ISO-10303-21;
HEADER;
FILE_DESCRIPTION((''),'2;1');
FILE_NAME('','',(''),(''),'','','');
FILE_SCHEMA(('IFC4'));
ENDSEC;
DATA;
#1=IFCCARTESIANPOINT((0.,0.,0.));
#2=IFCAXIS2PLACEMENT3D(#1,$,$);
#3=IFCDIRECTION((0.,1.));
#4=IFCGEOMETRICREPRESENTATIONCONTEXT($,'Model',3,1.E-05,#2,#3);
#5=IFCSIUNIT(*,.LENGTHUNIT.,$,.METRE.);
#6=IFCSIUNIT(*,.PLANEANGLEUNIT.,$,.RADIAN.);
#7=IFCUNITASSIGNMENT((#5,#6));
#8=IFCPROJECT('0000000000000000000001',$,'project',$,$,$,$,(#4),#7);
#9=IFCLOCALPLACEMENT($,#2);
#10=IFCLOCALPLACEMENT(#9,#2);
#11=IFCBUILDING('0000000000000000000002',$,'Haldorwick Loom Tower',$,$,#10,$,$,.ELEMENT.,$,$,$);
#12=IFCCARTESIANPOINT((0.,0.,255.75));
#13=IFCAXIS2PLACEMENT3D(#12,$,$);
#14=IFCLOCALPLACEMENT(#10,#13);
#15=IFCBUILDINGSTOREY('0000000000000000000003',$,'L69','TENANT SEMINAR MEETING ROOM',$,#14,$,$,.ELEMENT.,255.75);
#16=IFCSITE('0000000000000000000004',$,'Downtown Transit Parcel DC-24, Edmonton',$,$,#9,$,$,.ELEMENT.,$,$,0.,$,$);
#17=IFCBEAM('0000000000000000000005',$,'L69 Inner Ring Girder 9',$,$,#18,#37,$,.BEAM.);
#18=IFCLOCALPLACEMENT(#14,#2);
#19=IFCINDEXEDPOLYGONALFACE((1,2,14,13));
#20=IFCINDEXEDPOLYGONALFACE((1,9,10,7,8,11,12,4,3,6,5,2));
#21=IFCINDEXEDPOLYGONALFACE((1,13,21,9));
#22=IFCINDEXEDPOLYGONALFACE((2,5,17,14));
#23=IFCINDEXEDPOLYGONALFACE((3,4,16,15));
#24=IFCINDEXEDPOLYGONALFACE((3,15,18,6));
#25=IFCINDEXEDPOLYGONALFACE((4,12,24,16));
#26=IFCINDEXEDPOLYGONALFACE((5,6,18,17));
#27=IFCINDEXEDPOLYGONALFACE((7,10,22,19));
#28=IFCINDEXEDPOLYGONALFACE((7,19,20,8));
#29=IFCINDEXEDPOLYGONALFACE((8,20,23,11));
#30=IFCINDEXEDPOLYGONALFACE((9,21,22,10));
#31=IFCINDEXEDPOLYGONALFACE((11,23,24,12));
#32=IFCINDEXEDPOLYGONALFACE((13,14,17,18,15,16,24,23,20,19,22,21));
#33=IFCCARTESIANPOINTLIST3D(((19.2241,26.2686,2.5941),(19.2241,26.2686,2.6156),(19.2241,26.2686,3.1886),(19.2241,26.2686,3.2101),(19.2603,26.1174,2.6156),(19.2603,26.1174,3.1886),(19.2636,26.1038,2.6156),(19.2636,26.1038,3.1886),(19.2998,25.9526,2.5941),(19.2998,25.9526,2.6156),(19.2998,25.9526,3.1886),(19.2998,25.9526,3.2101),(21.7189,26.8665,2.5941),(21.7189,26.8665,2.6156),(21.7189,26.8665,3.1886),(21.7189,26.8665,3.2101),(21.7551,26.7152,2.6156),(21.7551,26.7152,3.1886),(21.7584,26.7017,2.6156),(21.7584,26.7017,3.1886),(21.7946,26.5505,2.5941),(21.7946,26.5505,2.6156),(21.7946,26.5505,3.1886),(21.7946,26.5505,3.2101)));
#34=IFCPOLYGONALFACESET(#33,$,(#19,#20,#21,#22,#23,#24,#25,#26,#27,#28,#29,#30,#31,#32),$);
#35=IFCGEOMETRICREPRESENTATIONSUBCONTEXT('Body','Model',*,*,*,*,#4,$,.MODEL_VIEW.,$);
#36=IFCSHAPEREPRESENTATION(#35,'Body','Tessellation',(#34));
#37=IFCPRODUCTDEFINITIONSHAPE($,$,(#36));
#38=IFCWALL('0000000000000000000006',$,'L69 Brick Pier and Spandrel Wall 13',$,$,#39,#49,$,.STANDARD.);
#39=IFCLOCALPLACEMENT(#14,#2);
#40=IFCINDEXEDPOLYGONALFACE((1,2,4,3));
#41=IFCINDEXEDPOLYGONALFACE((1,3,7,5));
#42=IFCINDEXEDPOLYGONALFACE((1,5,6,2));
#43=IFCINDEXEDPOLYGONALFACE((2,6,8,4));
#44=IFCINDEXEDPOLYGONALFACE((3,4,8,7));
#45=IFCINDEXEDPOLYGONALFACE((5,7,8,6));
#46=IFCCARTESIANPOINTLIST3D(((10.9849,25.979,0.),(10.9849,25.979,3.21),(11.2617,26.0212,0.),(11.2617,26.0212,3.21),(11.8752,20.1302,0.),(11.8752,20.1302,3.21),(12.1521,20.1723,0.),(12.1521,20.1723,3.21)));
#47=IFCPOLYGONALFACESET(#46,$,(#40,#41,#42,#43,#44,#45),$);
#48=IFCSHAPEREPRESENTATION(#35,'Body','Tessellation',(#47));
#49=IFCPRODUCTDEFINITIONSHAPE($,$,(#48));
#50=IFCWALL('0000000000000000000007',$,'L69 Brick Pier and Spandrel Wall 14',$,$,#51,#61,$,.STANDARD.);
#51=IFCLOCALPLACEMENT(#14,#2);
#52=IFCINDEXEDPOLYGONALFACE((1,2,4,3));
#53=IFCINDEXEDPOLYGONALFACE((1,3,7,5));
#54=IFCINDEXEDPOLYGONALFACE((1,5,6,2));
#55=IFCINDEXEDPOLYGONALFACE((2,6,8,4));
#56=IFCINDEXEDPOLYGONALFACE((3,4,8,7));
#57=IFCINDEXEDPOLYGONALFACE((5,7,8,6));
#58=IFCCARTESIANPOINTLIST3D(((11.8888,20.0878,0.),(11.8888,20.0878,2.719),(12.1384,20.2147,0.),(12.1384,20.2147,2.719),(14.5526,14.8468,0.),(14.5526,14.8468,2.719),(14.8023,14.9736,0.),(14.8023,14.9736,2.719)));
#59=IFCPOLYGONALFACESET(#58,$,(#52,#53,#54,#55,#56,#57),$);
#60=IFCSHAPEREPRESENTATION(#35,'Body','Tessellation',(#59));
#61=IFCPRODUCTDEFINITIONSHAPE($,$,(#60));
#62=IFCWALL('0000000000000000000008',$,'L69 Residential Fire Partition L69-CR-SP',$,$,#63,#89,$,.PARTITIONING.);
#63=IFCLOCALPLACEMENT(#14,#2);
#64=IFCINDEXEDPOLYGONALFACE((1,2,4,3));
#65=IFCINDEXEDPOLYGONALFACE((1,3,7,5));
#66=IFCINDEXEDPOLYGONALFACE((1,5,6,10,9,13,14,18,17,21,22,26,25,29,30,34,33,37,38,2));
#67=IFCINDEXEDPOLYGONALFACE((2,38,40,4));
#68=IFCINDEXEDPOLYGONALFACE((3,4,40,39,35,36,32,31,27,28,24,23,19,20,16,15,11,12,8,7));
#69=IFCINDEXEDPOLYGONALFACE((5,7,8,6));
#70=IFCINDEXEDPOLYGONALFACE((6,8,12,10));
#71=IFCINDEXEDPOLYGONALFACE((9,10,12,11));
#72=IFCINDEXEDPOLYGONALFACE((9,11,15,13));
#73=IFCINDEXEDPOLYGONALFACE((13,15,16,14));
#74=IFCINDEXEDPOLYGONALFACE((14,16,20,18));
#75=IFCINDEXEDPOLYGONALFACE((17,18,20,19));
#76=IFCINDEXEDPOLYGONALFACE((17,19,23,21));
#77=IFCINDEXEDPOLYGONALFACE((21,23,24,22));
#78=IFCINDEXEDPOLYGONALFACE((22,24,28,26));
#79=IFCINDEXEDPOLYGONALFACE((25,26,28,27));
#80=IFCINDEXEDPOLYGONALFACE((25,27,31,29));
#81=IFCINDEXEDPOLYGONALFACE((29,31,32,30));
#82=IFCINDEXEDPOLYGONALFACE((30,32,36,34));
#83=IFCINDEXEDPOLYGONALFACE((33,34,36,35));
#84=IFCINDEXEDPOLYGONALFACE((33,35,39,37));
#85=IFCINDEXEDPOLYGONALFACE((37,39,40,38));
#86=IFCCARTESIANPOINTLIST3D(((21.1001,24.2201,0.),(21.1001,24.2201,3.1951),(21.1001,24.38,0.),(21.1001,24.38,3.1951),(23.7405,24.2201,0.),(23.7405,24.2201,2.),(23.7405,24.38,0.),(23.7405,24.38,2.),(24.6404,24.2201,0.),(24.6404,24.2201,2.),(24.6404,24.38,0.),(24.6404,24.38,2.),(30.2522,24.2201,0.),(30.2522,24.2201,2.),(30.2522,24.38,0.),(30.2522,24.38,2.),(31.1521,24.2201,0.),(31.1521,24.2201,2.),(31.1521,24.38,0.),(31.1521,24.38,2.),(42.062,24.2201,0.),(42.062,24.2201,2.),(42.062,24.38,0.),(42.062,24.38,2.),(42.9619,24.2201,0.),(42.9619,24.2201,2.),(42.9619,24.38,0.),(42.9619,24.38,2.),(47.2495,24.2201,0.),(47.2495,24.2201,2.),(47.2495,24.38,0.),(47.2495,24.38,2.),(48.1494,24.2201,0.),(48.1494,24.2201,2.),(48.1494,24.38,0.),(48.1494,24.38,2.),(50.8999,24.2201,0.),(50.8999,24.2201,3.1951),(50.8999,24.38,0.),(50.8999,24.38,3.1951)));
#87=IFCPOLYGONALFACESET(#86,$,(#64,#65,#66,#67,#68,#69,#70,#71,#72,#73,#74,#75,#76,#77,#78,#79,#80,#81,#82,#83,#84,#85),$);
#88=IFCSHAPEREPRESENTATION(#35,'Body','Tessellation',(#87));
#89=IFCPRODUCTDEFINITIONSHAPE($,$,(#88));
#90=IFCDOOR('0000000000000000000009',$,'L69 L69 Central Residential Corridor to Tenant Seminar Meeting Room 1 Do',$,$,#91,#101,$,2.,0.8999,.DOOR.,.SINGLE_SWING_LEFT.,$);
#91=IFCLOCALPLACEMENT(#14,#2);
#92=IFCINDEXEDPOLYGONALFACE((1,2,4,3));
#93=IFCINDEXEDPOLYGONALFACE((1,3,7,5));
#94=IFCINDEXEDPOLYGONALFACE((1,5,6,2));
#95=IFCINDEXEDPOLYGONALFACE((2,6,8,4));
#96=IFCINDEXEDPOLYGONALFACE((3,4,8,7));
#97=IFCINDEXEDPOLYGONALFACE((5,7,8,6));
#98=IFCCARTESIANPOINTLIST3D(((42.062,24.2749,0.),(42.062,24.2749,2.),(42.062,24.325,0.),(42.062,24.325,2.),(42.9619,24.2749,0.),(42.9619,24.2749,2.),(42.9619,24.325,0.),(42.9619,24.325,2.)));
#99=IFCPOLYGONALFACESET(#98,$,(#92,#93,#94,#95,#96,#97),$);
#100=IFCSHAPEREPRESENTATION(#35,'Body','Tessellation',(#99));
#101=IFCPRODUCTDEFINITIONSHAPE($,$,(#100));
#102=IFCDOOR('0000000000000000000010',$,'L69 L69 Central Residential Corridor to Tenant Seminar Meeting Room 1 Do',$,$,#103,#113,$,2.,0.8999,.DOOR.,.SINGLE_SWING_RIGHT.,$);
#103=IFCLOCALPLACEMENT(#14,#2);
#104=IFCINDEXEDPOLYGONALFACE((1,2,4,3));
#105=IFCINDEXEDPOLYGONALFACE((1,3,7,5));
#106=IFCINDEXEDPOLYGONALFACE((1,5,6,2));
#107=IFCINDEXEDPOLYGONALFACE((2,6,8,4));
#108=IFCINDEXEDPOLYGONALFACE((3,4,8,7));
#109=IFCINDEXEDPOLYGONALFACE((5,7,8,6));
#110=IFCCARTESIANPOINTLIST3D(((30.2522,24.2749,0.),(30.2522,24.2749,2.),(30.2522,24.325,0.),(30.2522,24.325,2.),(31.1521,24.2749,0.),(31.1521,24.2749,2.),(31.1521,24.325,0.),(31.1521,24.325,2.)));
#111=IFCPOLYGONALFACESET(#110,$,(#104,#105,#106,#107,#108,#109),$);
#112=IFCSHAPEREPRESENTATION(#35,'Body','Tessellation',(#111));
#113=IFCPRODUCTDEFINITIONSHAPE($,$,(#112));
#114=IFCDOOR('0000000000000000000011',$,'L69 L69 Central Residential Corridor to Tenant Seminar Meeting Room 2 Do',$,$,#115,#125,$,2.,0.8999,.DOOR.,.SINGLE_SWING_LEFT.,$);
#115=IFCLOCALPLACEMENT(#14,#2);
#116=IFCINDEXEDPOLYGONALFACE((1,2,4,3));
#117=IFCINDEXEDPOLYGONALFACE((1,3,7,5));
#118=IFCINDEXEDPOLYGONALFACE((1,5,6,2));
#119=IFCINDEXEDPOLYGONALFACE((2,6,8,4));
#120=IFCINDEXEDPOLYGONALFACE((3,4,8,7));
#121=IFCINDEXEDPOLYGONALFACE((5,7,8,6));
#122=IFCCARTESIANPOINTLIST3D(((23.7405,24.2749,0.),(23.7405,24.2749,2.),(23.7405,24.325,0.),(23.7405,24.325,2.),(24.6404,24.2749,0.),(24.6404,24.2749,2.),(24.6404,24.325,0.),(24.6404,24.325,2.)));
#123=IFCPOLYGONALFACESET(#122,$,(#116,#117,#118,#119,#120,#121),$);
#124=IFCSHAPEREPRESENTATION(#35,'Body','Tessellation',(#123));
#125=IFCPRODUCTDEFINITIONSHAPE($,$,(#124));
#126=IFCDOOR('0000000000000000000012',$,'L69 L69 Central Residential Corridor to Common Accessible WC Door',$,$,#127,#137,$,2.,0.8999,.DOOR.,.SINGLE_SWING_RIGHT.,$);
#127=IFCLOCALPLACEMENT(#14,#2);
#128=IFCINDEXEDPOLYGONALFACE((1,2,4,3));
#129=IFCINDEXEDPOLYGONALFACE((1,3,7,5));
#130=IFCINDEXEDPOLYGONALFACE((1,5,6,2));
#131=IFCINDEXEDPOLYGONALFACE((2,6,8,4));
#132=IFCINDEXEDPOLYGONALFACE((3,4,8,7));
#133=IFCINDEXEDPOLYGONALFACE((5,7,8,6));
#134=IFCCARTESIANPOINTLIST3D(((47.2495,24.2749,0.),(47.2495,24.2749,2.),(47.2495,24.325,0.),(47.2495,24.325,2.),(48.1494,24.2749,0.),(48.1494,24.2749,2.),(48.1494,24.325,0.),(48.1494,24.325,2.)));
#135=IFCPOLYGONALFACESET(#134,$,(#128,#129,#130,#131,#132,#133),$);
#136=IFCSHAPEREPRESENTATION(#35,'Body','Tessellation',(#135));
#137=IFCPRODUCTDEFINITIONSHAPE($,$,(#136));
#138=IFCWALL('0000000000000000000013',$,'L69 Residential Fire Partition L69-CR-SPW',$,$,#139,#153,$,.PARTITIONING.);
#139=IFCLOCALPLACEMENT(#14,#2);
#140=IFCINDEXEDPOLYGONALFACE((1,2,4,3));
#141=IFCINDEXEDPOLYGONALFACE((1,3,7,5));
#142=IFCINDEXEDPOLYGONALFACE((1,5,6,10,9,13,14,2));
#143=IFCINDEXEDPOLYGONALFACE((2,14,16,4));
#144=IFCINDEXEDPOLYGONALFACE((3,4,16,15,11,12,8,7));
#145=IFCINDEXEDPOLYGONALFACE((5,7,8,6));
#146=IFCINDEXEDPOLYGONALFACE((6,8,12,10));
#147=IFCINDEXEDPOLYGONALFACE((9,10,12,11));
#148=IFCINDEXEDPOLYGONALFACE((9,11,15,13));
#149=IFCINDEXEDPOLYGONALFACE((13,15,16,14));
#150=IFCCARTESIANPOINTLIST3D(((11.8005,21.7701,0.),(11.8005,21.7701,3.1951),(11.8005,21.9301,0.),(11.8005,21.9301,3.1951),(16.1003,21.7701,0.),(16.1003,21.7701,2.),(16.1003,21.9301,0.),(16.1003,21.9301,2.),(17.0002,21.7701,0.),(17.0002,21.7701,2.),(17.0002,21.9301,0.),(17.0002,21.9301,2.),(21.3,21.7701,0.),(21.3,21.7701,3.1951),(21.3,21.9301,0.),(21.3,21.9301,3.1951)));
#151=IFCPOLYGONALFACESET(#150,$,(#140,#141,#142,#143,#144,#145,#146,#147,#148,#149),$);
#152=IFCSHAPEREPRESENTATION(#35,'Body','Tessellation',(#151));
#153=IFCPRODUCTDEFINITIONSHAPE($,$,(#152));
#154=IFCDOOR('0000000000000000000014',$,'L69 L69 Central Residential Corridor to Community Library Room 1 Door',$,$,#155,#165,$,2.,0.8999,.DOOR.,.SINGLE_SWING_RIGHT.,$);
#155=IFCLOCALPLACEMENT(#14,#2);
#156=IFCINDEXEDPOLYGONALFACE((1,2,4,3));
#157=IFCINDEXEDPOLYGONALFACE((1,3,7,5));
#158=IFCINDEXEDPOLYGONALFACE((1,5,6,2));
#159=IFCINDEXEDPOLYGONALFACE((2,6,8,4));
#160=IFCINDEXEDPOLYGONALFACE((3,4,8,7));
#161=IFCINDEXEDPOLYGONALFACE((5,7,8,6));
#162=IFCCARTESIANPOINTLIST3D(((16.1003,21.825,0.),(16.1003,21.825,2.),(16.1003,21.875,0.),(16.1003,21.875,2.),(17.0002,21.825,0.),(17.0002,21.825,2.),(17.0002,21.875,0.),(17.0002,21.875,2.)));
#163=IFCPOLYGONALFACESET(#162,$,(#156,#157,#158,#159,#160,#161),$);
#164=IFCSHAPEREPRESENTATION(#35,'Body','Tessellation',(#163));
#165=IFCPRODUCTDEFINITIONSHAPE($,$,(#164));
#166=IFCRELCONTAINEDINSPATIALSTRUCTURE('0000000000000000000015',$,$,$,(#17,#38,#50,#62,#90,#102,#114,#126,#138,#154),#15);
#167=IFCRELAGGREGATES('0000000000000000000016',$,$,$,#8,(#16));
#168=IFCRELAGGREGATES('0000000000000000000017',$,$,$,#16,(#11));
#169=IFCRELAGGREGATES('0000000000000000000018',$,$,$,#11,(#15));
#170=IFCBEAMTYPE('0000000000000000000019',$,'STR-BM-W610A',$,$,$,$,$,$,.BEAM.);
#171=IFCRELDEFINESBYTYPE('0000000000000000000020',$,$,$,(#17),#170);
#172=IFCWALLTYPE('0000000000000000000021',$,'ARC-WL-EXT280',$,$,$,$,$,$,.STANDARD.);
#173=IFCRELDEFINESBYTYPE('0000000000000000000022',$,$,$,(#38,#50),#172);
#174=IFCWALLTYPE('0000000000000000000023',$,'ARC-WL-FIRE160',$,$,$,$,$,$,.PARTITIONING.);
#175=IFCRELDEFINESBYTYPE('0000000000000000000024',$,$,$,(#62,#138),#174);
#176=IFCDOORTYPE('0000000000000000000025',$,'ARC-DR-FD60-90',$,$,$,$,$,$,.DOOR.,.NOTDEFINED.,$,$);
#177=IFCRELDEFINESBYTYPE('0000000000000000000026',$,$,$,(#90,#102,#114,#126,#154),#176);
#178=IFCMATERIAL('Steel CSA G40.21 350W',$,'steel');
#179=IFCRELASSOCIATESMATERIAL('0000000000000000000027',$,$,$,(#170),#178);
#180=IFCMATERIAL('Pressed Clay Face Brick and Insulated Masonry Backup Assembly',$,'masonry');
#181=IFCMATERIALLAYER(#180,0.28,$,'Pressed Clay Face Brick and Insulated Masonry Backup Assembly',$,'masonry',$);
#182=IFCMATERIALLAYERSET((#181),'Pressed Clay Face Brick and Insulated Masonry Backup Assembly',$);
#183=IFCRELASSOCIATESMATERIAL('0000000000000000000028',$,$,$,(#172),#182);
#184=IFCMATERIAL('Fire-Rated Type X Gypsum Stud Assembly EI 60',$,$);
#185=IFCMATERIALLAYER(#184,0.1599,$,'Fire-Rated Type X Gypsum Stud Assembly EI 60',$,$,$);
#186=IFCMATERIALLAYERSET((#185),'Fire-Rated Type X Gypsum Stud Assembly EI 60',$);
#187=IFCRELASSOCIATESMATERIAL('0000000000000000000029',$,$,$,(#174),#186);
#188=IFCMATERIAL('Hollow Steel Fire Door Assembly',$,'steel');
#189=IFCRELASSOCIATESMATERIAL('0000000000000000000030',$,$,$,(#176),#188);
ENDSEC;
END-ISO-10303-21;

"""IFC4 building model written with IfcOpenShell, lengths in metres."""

from ifc_helpers import new_model, si_unit, direction, frame, frame_2d, origin, origin_2d, place, context, subcontext, project, spatial, rectangle, i_section, extrude, material, layer, layer_set, material_profile, profile_set, type_object, element, fill, save


model = new_model("IFC4")

# Units and contexts
model_context = context("Model", 3, precision=1e-05, world=origin(), true_north=direction((0.0, 1.0)))
body_context = subcontext(model_context, "Body", "Model", "MODEL_VIEW")
ifc_project = project(units=[si_unit("LENGTHUNIT", "METRE"), si_unit("PLANEANGLEUNIT", "RADIAN")], contexts=[model_context])

# Site, building, storey
site_placement = place(None, origin())
site = spatial("IfcSite", under=ifc_project, at=site_placement, Name="Downtown Transit Parcel DC-24, Edmonton", CompositionType="ELEMENT", RefElevation=0.0)
building_placement = place(site_placement, origin())
building = spatial("IfcBuilding", under=site, at=building_placement, Name="Haldorwick Loom Tower", CompositionType="ELEMENT")
storey_placement = place(building_placement, frame((0.0, 0.0, 255.75)))
storey = spatial("IfcBuildingStorey", under=building, at=storey_placement, Name="L69", Description="TENANT SEMINAR MEETING ROOM", CompositionType="ELEMENT", Elevation=255.75)

# Beam
ifc_material_1 = material(Name="Steel CSA G40.21 350W", Category="steel")
ifc_material_profile_1 = material_profile(ifc_material_1, i_section(OverallWidth=0.325, OverallDepth=0.616, WebThickness=0.0139, FlangeThickness=0.0215, at=origin_2d()), Name="W610X174", Category="steel")
ifc_profile_set_1 = profile_set([ifc_material_profile_1], Name="Steel CSA G40.21 350W")
beam_type_1 = type_object("IfcBeamType", Name="STR-BM-W610A", PredefinedType="BEAM", material=ifc_profile_set_1)
beam_1_placement = place(storey_placement, frame((19.262, 26.1106, 2.9021), z_axis=(0.972464, 0.233053, 0.0), x_axis=(-0.233053, 0.972464, 0.0)))
element("IfcBeam", 1, at=beam_1_placement, inside=storey, type_object=beam_type_1, Name="L69 Inner Ring Girder 9", PredefinedType="BEAM", context=body_context, shape_type="SweptSolid", body=[
    extrude(i_section(OverallWidth=0.325, OverallDepth=0.616, WebThickness=0.0139, FlangeThickness=0.0215, at=origin_2d()), origin(), (0.0, 0.0, 1.0), 2.5654),
])

# Walls
ifc_material_2 = material(Name="Pressed Clay Face Brick and Insulated Masonry Backup Assembly", Category="masonry")
ifc_layer_1 = layer(ifc_material_2, 0.28, Name="Pressed Clay Face Brick and Insulated Masonry Backup Assembly", Category="masonry")
ifc_layer_set_1 = layer_set([ifc_layer_1], Name="Pressed Clay Face Brick and Insulated Masonry Backup Assembly")
wall_type_1 = type_object("IfcWallType", Name="ARC-WL-EXT280", PredefinedType="STANDARD", material=ifc_layer_set_1)
wall_1_placement = place(storey_placement, frame((11.1233, 26.0, 0.0), z_axis=(0.0, 0.0, 1.0), x_axis=(0.150497, -0.98861, 0.0)))
element("IfcWall", 2, at=wall_1_placement, inside=storey, type_object=wall_type_1, Name="L69 Brick Pier and Spandrel Wall 13", PredefinedType="STANDARD", context=body_context, shape_type="SweptSolid", body=[
    extrude(rectangle(XDim=5.9163, YDim=0.28, at=frame_2d((2.958, 0.0))), origin(), (0.0, 0.0, 1.0), 3.21),
])
wall_2_placement = place(storey_placement, frame((12.0137, 20.1511, 0.0), z_axis=(0.0, 0.0, 1.0), x_axis=(0.453101, -0.891459, 0.0)))
element("IfcWall", 3, at=wall_2_placement, inside=storey, type_object=wall_type_1, Name="L69 Brick Pier and Spandrel Wall 14", PredefinedType="STANDARD", context=body_context, shape_type="SweptSolid", body=[
    extrude(rectangle(XDim=5.8792, YDim=0.28, at=frame_2d((2.9395, 0.0))), origin(), (0.0, 0.0, 1.0), 2.719),
])

# Wall, openings, doors
ifc_material_3 = material(Name="Fire-Rated Type X Gypsum Stud Assembly EI 60")
ifc_layer_2 = layer(ifc_material_3, 0.1599, Name="Fire-Rated Type X Gypsum Stud Assembly EI 60")
ifc_layer_set_2 = layer_set([ifc_layer_2], Name="Fire-Rated Type X Gypsum Stud Assembly EI 60")
wall_type_2 = type_object("IfcWallType", Name="ARC-WL-FIRE160", PredefinedType="PARTITIONING", material=ifc_layer_set_2)
wall_3_placement = place(storey_placement, frame((21.1001, 24.3, 0.0), z_axis=(0.0, 0.0, 1.0), x_axis=(1.0, 0.0, 0.0)))
wall_3 = element("IfcWall", 4, at=wall_3_placement, inside=storey, type_object=wall_type_2, Name="L69 Residential Fire Partition L69-CR-SP", PredefinedType="PARTITIONING", context=body_context, shape_type="SweptSolid", body=[
    extrude(rectangle(XDim=29.7998, YDim=0.1599, at=frame_2d((14.8999, 0.0))), origin(), (0.0, 0.0, 1.0), 3.1951),
])
opening_1_placement = place(wall_3_placement, frame((20.9619, 0.0, 0.0)))
opening_1 = element("IfcOpeningElement", 5, at=opening_1_placement, cuts=wall_3, PredefinedType="OPENING", context=body_context, shape_type="SweptSolid", body=[
    extrude(rectangle(XDim=0.8999, YDim=2.0, at=frame_2d((0.45, 1.0))), frame((0.0, 0.0898, 0.0), z_axis=(0.0, -1.0, 0.0), x_axis=(1.0, 0.0, 0.0)), (0.0, 0.0, 1.0), 0.1799),
])
opening_2_placement = place(wall_3_placement, frame((9.1521, 0.0, 0.0)))
opening_2 = element("IfcOpeningElement", 6, at=opening_2_placement, cuts=wall_3, PredefinedType="OPENING", context=body_context, shape_type="SweptSolid", body=[
    extrude(rectangle(XDim=0.8999, YDim=2.0, at=frame_2d((0.45, 1.0))), frame((0.0, 0.0898, 0.0), z_axis=(0.0, -1.0, 0.0), x_axis=(1.0, 0.0, 0.0)), (0.0, 0.0, 1.0), 0.1799),
])
opening_3_placement = place(wall_3_placement, frame((2.6404, 0.0, 0.0)))
opening_3 = element("IfcOpeningElement", 7, at=opening_3_placement, cuts=wall_3, PredefinedType="OPENING", context=body_context, shape_type="SweptSolid", body=[
    extrude(rectangle(XDim=0.8999, YDim=2.0, at=frame_2d((0.45, 1.0))), frame((0.0, 0.0898, 0.0), z_axis=(0.0, -1.0, 0.0), x_axis=(1.0, 0.0, 0.0)), (0.0, 0.0, 1.0), 0.1799),
])
opening_4_placement = place(wall_3_placement, frame((26.1494, 0.0, 0.0)))
opening_4 = element("IfcOpeningElement", 8, at=opening_4_placement, cuts=wall_3, PredefinedType="OPENING", context=body_context, shape_type="SweptSolid", body=[
    extrude(rectangle(XDim=0.8999, YDim=2.0, at=frame_2d((0.45, 1.0))), frame((0.0, 0.0898, 0.0), z_axis=(0.0, -1.0, 0.0), x_axis=(1.0, 0.0, 0.0)), (0.0, 0.0, 1.0), 0.1799),
])
ifc_material_4 = material(Name="Hollow Steel Fire Door Assembly", Category="steel")
door_type = type_object("IfcDoorType", Name="ARC-DR-FD60-90", OperationType="NOTDEFINED", PredefinedType="DOOR", material=ifc_material_4)
door_1_placement = place(opening_1_placement, origin())
door_1 = element("IfcDoor", 9, at=door_1_placement, inside=storey, type_object=door_type, Name="L69 L69 Central Residential Corridor to Tenant Seminar Meeting Room 1 Do", OperationType="SINGLE_SWING_LEFT", OverallHeight=2.0, OverallWidth=0.8999, PredefinedType="DOOR", context=body_context, shape_type="SweptSolid", body=[
    extrude(rectangle(XDim=0.8999, YDim=2.0, at=frame_2d((0.45, 1.0))), frame((0.0, 0.0249, 0.0), z_axis=(0.0, -1.0, 0.0), x_axis=(1.0, 0.0, 0.0)), (0.0, 0.0, 1.0), 0.05),
])
fill(opening_1, door_1)
door_2_placement = place(opening_2_placement, origin())
door_2 = element("IfcDoor", 10, at=door_2_placement, inside=storey, type_object=door_type, Name="L69 L69 Central Residential Corridor to Tenant Seminar Meeting Room 1 Do", OperationType="SINGLE_SWING_RIGHT", OverallHeight=2.0, OverallWidth=0.8999, PredefinedType="DOOR", context=body_context, shape_type="SweptSolid", body=[
    extrude(rectangle(XDim=0.8999, YDim=2.0, at=frame_2d((0.45, 1.0))), frame((0.0, 0.0249, 0.0), z_axis=(0.0, -1.0, 0.0), x_axis=(1.0, 0.0, 0.0)), (0.0, 0.0, 1.0), 0.05),
])
fill(opening_2, door_2)
door_3_placement = place(opening_3_placement, origin())
door_3 = element("IfcDoor", 11, at=door_3_placement, inside=storey, type_object=door_type, Name="L69 L69 Central Residential Corridor to Tenant Seminar Meeting Room 2 Do", OperationType="SINGLE_SWING_LEFT", OverallHeight=2.0, OverallWidth=0.8999, PredefinedType="DOOR", context=body_context, shape_type="SweptSolid", body=[
    extrude(rectangle(XDim=0.8999, YDim=2.0, at=frame_2d((0.45, 1.0))), frame((0.0, 0.0249, 0.0), z_axis=(0.0, -1.0, 0.0), x_axis=(1.0, 0.0, 0.0)), (0.0, 0.0, 1.0), 0.05),
])
fill(opening_3, door_3)
door_4_placement = place(opening_4_placement, origin())
door_4 = element("IfcDoor", 12, at=door_4_placement, inside=storey, type_object=door_type, Name="L69 L69 Central Residential Corridor to Common Accessible WC Door", OperationType="SINGLE_SWING_RIGHT", OverallHeight=2.0, OverallWidth=0.8999, PredefinedType="DOOR", context=body_context, shape_type="SweptSolid", body=[
    extrude(rectangle(XDim=0.8999, YDim=2.0, at=frame_2d((0.45, 1.0))), frame((0.0, 0.0249, 0.0), z_axis=(0.0, -1.0, 0.0), x_axis=(1.0, 0.0, 0.0)), (0.0, 0.0, 1.0), 0.05),
])
fill(opening_4, door_4)

# Wall, opening, door
wall_4_placement = place(storey_placement, frame((11.8005, 21.8501, 0.0), z_axis=(0.0, 0.0, 1.0), x_axis=(1.0, 0.0, 0.0)))
wall_4 = element("IfcWall", 13, at=wall_4_placement, inside=storey, type_object=wall_type_2, Name="L69 Residential Fire Partition L69-CR-SPW", PredefinedType="PARTITIONING", context=body_context, shape_type="SweptSolid", body=[
    extrude(rectangle(XDim=9.4995, YDim=0.1599, at=frame_2d((4.7498, 0.0))), origin(), (0.0, 0.0, 1.0), 3.1951),
])
opening_5_placement = place(wall_4_placement, frame((4.2998, 0.0, 0.0)))
opening_5 = element("IfcOpeningElement", 14, at=opening_5_placement, cuts=wall_4, PredefinedType="OPENING", context=body_context, shape_type="SweptSolid", body=[
    extrude(rectangle(XDim=0.8999, YDim=2.0, at=frame_2d((0.45, 1.0))), frame((0.0, 0.0898, 0.0), z_axis=(0.0, -1.0, 0.0), x_axis=(1.0, 0.0, 0.0)), (0.0, 0.0, 1.0), 0.1799),
])
door_5_placement = place(opening_5_placement, origin())
door_5 = element("IfcDoor", 15, at=door_5_placement, inside=storey, type_object=door_type, Name="L69 L69 Central Residential Corridor to Community Library Room 1 Door", OperationType="SINGLE_SWING_RIGHT", OverallHeight=2.0, OverallWidth=0.8999, PredefinedType="DOOR", context=body_context, shape_type="SweptSolid", body=[
    extrude(rectangle(XDim=0.8999, YDim=2.0, at=frame_2d((0.45, 1.0))), frame((0.0, 0.0249, 0.0), z_axis=(0.0, -1.0, 0.0), x_axis=(1.0, 0.0, 0.0)), (0.0, 0.0, 1.0), 0.05),
])
fill(opening_5, door_5)

save(model, "model.ifc")
